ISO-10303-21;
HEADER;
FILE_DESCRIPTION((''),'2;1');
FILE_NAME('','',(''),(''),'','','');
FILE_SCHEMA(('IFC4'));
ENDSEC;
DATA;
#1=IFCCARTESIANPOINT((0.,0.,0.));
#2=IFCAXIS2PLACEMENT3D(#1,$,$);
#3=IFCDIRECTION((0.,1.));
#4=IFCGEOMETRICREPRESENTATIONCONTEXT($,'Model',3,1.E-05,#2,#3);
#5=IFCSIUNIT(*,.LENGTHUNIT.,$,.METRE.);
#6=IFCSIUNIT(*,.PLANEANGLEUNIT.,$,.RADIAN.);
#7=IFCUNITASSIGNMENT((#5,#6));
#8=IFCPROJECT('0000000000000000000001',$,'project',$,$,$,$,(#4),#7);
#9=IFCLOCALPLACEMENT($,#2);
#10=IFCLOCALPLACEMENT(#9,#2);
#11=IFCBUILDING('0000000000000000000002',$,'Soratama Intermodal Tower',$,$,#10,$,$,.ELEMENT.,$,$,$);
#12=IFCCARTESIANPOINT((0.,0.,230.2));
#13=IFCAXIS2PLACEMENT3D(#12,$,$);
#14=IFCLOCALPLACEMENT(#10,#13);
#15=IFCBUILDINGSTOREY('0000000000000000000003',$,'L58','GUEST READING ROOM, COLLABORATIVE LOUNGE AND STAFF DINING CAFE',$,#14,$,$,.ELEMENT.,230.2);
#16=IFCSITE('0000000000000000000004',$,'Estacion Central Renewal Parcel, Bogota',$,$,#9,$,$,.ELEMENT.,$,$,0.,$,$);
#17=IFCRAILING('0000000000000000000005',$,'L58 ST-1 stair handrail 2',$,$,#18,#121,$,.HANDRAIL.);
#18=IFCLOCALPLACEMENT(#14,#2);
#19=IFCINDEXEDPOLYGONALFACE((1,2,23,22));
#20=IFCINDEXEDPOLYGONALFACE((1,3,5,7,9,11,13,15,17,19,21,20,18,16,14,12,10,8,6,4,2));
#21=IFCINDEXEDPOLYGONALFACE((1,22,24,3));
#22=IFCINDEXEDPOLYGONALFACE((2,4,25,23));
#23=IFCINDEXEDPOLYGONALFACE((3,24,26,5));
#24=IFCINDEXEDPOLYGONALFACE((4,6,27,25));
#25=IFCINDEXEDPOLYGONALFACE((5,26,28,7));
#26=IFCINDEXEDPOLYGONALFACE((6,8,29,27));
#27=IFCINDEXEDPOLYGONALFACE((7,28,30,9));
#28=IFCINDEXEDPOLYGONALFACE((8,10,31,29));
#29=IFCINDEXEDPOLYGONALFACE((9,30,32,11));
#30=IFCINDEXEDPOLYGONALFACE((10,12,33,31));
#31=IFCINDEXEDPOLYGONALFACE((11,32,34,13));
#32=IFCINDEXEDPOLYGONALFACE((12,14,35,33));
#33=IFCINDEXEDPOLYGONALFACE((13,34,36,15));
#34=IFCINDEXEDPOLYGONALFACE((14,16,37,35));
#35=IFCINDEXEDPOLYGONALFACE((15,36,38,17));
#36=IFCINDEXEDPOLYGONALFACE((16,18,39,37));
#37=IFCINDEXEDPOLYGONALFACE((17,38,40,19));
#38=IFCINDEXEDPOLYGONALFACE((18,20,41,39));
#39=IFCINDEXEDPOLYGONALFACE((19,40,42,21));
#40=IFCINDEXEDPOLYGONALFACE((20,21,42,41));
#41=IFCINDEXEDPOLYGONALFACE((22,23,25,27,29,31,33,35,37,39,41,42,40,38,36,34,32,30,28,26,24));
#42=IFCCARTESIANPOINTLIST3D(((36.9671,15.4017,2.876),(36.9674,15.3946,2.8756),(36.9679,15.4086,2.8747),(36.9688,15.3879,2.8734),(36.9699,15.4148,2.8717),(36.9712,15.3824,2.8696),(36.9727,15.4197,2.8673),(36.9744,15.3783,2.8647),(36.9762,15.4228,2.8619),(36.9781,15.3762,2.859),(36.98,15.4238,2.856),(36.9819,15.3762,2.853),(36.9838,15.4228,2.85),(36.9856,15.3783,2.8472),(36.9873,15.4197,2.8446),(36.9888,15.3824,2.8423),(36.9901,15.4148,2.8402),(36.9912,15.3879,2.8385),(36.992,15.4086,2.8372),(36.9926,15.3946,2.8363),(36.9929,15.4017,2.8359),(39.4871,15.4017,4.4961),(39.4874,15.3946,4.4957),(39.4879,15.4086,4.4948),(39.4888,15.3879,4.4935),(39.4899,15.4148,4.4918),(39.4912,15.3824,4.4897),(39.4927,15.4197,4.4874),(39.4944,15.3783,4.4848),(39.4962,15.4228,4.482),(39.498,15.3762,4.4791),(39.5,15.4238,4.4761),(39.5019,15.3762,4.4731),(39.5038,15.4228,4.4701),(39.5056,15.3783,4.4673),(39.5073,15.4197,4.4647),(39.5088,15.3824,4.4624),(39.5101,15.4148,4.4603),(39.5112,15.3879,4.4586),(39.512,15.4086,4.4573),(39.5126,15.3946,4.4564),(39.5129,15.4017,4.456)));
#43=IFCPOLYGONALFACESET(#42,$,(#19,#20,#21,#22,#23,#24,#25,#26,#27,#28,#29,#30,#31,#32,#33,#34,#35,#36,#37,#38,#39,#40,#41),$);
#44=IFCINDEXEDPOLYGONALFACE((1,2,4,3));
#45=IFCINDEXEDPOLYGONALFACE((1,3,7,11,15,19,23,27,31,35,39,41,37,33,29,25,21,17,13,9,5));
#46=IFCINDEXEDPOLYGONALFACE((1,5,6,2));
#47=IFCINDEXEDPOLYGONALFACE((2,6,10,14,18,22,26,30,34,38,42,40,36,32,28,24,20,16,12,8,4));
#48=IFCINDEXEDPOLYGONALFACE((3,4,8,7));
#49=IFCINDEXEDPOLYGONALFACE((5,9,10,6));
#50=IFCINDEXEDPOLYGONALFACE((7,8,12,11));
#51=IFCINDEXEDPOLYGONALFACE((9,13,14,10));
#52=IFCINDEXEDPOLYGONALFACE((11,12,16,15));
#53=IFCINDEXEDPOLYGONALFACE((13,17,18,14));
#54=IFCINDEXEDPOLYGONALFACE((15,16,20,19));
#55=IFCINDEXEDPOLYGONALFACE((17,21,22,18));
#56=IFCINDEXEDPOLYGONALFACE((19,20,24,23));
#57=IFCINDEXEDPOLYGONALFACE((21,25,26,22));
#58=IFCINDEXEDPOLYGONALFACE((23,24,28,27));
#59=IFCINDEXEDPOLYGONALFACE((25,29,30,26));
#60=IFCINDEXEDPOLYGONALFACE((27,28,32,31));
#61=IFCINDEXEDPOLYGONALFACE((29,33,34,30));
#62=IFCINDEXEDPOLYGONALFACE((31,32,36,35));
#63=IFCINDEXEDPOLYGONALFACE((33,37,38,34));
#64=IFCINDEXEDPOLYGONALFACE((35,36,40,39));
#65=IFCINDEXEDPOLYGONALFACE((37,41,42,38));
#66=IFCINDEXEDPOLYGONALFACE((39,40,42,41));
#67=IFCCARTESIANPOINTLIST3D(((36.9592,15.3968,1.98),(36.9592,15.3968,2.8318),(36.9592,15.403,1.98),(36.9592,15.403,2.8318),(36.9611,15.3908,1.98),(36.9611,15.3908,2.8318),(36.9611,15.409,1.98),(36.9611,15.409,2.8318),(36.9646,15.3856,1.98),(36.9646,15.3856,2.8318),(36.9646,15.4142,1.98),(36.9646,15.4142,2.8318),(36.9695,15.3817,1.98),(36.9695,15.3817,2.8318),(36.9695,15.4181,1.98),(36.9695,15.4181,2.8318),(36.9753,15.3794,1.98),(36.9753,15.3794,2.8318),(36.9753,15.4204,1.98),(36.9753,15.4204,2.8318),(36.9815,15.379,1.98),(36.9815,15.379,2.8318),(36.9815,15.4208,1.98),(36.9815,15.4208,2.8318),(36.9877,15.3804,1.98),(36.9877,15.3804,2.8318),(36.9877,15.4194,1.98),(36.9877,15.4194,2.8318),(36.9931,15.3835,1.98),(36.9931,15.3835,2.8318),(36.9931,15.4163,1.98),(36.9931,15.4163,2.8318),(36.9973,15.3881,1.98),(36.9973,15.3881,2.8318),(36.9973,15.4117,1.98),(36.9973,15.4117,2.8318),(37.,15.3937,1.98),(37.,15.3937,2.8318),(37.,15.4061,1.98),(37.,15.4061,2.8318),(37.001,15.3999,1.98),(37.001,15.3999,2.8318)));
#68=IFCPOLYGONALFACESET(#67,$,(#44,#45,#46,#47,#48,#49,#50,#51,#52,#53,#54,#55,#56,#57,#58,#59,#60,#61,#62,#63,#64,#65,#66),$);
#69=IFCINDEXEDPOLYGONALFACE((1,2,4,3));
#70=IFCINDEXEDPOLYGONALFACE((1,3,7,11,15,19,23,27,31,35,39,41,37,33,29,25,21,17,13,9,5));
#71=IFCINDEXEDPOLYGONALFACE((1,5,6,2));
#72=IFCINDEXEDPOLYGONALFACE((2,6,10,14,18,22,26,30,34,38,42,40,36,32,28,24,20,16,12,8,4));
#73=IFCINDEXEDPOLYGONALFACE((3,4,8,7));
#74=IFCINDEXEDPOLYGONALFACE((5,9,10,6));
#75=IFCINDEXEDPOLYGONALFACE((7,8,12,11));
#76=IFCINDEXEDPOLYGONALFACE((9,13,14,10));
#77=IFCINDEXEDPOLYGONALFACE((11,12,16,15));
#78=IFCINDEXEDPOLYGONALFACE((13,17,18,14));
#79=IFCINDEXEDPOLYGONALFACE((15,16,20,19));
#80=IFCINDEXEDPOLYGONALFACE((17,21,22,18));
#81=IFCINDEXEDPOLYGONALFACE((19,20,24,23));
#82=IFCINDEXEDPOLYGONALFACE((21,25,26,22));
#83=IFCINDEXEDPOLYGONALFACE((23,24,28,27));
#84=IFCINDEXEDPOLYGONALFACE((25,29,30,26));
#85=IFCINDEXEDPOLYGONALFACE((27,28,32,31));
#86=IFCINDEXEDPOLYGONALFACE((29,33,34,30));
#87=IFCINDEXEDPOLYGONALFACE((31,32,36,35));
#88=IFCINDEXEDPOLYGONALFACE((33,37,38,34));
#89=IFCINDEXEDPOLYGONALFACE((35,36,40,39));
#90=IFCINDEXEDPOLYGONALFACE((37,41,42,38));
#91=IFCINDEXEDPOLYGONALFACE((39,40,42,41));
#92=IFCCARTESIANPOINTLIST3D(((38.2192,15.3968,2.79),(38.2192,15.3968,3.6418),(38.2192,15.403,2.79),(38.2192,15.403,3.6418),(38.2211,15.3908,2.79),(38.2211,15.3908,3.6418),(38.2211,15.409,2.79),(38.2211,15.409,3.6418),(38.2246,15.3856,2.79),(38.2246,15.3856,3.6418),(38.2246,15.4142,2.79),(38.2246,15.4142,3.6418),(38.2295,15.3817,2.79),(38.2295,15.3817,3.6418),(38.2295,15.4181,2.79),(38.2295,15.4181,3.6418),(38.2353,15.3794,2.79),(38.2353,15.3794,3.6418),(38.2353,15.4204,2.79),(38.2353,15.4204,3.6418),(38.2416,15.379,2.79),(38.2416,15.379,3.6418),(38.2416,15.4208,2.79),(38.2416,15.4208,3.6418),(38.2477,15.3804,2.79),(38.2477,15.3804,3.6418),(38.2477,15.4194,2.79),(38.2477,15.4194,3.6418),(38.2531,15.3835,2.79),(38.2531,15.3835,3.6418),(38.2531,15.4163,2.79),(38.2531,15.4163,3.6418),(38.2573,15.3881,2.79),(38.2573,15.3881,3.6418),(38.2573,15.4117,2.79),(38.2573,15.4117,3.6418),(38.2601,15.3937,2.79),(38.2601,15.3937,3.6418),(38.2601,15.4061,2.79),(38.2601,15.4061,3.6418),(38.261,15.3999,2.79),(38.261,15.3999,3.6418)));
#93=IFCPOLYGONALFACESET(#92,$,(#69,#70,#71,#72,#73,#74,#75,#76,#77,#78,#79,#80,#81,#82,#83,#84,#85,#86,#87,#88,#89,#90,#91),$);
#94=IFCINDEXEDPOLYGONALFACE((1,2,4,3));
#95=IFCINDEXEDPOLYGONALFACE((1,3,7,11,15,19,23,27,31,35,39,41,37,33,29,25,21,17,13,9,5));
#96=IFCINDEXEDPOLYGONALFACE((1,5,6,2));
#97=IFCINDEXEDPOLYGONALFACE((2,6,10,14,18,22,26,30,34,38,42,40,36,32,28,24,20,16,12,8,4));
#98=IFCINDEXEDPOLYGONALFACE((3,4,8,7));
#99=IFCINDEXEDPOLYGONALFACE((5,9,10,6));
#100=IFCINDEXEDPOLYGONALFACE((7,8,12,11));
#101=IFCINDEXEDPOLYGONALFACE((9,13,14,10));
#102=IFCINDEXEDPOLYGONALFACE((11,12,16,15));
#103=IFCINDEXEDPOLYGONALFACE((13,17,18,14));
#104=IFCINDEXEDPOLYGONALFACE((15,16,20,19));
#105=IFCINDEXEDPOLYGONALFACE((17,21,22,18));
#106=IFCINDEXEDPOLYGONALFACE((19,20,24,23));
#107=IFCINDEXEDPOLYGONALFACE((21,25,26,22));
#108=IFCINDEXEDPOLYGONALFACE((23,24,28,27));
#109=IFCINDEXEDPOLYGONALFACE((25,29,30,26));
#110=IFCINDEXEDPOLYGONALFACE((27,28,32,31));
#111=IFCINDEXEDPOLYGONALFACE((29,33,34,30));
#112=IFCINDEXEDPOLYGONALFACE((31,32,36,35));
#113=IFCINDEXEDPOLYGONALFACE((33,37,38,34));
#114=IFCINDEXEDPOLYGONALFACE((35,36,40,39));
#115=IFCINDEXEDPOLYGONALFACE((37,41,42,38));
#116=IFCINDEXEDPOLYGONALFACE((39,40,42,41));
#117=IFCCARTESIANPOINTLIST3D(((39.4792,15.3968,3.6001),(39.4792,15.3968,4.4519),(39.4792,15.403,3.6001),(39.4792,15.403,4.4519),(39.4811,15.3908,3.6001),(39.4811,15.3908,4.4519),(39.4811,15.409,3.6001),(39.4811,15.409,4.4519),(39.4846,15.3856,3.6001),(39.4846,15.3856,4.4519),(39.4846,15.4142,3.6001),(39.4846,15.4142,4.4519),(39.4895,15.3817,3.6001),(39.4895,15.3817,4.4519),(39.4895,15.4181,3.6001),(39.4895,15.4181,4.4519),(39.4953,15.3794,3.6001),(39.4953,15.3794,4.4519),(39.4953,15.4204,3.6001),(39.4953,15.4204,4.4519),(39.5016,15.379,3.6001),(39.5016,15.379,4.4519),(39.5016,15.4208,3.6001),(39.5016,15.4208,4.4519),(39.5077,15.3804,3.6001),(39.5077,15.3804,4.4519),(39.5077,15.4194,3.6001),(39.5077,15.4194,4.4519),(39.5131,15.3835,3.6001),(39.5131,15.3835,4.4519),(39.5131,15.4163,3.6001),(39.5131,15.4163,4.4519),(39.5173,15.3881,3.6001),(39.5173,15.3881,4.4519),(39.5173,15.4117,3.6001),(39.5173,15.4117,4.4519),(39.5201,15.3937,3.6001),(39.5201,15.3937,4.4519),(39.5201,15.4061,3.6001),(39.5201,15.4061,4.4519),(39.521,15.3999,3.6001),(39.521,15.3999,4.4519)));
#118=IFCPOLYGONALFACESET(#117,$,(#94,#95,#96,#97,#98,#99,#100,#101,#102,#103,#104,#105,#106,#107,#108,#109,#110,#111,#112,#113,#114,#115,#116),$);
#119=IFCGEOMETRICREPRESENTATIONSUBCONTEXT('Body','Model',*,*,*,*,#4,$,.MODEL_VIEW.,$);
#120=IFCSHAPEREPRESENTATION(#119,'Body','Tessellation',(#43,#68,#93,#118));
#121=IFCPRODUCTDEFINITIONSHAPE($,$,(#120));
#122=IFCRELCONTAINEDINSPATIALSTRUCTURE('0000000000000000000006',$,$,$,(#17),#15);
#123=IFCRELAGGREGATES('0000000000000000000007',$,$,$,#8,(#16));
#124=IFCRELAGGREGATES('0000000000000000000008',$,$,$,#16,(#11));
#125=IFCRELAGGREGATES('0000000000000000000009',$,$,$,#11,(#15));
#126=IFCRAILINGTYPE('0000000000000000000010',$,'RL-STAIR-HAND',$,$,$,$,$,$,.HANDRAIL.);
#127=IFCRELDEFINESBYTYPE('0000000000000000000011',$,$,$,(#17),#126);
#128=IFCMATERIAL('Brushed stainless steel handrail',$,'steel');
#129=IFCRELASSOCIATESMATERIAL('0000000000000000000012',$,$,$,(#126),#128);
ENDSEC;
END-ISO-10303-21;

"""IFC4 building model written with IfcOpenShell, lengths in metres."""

from ifc_helpers import new_model, si_unit, direction, frame, origin, origin_2d, place, context, subcontext, project, spatial, circle, extrude, material, type_object, element, save


model = new_model("IFC4")

# Units and contexts
model_context = context("Model", 3, precision=1e-05, world=origin(), true_north=direction((0.0, 1.0)))
body_context = subcontext(model_context, "Body", "Model", "MODEL_VIEW")
ifc_project = project(units=[si_unit("LENGTHUNIT", "METRE"), si_unit("PLANEANGLEUNIT", "RADIAN")], contexts=[model_context])

# Site, building, storey
site_placement = place(None, origin())
site = spatial("IfcSite", under=ifc_project, at=site_placement, Name="Estacion Central Renewal Parcel, Bogota", CompositionType="ELEMENT", RefElevation=0.0)
building_placement = place(site_placement, origin())
building = spatial("IfcBuilding", under=site, at=building_placement, Name="Soratama Intermodal Tower", CompositionType="ELEMENT")
storey_placement = place(building_placement, frame((0.0, 0.0, 230.2)))
storey = spatial("IfcBuildingStorey", under=building, at=storey_placement, Name="L58", Description="GUEST READING ROOM, COLLABORATIVE LOUNGE AND STAFF DINING CAFE", CompositionType="ELEMENT", Elevation=230.2)

# Railing
ifc_material_1 = material(Name="Brushed stainless steel handrail", Category="steel")
railing_type_1 = type_object("IfcRailingType", Name="RL-STAIR-HAND", PredefinedType="HANDRAIL", material=ifc_material_1)
railing_1_placement = place(storey_placement, frame((36.98, 15.3999, 1.98)))
element("IfcRailing", 1, at=railing_1_placement, inside=storey, type_object=railing_type_1, Name="L58 ST-1 stair handrail 2", PredefinedType="HANDRAIL", context=body_context, shape_type="SweptSolid", body=[
    extrude(circle(Radius=0.0239, at=origin_2d()), frame((0.0, 0.0, 0.876), z_axis=(0.841163, 0.0, 0.540782), x_axis=(0.0, 1.0, 0.0)), (0.0, 0.0, 1.0), 2.9958),
    extrude(circle(Radius=0.021, at=origin_2d()), origin(), (0.0, 0.0, 1.0), 0.8518),
    extrude(circle(Radius=0.021, at=origin_2d()), frame((1.26, 0.0, 0.8101)), (0.0, 0.0, 1.0), 0.8518),
    extrude(circle(Radius=0.021, at=origin_2d()), frame((2.52, 0.0, 1.6201)), (0.0, 0.0, 1.0), 0.8518),
])

save(model, "model.ifc")
